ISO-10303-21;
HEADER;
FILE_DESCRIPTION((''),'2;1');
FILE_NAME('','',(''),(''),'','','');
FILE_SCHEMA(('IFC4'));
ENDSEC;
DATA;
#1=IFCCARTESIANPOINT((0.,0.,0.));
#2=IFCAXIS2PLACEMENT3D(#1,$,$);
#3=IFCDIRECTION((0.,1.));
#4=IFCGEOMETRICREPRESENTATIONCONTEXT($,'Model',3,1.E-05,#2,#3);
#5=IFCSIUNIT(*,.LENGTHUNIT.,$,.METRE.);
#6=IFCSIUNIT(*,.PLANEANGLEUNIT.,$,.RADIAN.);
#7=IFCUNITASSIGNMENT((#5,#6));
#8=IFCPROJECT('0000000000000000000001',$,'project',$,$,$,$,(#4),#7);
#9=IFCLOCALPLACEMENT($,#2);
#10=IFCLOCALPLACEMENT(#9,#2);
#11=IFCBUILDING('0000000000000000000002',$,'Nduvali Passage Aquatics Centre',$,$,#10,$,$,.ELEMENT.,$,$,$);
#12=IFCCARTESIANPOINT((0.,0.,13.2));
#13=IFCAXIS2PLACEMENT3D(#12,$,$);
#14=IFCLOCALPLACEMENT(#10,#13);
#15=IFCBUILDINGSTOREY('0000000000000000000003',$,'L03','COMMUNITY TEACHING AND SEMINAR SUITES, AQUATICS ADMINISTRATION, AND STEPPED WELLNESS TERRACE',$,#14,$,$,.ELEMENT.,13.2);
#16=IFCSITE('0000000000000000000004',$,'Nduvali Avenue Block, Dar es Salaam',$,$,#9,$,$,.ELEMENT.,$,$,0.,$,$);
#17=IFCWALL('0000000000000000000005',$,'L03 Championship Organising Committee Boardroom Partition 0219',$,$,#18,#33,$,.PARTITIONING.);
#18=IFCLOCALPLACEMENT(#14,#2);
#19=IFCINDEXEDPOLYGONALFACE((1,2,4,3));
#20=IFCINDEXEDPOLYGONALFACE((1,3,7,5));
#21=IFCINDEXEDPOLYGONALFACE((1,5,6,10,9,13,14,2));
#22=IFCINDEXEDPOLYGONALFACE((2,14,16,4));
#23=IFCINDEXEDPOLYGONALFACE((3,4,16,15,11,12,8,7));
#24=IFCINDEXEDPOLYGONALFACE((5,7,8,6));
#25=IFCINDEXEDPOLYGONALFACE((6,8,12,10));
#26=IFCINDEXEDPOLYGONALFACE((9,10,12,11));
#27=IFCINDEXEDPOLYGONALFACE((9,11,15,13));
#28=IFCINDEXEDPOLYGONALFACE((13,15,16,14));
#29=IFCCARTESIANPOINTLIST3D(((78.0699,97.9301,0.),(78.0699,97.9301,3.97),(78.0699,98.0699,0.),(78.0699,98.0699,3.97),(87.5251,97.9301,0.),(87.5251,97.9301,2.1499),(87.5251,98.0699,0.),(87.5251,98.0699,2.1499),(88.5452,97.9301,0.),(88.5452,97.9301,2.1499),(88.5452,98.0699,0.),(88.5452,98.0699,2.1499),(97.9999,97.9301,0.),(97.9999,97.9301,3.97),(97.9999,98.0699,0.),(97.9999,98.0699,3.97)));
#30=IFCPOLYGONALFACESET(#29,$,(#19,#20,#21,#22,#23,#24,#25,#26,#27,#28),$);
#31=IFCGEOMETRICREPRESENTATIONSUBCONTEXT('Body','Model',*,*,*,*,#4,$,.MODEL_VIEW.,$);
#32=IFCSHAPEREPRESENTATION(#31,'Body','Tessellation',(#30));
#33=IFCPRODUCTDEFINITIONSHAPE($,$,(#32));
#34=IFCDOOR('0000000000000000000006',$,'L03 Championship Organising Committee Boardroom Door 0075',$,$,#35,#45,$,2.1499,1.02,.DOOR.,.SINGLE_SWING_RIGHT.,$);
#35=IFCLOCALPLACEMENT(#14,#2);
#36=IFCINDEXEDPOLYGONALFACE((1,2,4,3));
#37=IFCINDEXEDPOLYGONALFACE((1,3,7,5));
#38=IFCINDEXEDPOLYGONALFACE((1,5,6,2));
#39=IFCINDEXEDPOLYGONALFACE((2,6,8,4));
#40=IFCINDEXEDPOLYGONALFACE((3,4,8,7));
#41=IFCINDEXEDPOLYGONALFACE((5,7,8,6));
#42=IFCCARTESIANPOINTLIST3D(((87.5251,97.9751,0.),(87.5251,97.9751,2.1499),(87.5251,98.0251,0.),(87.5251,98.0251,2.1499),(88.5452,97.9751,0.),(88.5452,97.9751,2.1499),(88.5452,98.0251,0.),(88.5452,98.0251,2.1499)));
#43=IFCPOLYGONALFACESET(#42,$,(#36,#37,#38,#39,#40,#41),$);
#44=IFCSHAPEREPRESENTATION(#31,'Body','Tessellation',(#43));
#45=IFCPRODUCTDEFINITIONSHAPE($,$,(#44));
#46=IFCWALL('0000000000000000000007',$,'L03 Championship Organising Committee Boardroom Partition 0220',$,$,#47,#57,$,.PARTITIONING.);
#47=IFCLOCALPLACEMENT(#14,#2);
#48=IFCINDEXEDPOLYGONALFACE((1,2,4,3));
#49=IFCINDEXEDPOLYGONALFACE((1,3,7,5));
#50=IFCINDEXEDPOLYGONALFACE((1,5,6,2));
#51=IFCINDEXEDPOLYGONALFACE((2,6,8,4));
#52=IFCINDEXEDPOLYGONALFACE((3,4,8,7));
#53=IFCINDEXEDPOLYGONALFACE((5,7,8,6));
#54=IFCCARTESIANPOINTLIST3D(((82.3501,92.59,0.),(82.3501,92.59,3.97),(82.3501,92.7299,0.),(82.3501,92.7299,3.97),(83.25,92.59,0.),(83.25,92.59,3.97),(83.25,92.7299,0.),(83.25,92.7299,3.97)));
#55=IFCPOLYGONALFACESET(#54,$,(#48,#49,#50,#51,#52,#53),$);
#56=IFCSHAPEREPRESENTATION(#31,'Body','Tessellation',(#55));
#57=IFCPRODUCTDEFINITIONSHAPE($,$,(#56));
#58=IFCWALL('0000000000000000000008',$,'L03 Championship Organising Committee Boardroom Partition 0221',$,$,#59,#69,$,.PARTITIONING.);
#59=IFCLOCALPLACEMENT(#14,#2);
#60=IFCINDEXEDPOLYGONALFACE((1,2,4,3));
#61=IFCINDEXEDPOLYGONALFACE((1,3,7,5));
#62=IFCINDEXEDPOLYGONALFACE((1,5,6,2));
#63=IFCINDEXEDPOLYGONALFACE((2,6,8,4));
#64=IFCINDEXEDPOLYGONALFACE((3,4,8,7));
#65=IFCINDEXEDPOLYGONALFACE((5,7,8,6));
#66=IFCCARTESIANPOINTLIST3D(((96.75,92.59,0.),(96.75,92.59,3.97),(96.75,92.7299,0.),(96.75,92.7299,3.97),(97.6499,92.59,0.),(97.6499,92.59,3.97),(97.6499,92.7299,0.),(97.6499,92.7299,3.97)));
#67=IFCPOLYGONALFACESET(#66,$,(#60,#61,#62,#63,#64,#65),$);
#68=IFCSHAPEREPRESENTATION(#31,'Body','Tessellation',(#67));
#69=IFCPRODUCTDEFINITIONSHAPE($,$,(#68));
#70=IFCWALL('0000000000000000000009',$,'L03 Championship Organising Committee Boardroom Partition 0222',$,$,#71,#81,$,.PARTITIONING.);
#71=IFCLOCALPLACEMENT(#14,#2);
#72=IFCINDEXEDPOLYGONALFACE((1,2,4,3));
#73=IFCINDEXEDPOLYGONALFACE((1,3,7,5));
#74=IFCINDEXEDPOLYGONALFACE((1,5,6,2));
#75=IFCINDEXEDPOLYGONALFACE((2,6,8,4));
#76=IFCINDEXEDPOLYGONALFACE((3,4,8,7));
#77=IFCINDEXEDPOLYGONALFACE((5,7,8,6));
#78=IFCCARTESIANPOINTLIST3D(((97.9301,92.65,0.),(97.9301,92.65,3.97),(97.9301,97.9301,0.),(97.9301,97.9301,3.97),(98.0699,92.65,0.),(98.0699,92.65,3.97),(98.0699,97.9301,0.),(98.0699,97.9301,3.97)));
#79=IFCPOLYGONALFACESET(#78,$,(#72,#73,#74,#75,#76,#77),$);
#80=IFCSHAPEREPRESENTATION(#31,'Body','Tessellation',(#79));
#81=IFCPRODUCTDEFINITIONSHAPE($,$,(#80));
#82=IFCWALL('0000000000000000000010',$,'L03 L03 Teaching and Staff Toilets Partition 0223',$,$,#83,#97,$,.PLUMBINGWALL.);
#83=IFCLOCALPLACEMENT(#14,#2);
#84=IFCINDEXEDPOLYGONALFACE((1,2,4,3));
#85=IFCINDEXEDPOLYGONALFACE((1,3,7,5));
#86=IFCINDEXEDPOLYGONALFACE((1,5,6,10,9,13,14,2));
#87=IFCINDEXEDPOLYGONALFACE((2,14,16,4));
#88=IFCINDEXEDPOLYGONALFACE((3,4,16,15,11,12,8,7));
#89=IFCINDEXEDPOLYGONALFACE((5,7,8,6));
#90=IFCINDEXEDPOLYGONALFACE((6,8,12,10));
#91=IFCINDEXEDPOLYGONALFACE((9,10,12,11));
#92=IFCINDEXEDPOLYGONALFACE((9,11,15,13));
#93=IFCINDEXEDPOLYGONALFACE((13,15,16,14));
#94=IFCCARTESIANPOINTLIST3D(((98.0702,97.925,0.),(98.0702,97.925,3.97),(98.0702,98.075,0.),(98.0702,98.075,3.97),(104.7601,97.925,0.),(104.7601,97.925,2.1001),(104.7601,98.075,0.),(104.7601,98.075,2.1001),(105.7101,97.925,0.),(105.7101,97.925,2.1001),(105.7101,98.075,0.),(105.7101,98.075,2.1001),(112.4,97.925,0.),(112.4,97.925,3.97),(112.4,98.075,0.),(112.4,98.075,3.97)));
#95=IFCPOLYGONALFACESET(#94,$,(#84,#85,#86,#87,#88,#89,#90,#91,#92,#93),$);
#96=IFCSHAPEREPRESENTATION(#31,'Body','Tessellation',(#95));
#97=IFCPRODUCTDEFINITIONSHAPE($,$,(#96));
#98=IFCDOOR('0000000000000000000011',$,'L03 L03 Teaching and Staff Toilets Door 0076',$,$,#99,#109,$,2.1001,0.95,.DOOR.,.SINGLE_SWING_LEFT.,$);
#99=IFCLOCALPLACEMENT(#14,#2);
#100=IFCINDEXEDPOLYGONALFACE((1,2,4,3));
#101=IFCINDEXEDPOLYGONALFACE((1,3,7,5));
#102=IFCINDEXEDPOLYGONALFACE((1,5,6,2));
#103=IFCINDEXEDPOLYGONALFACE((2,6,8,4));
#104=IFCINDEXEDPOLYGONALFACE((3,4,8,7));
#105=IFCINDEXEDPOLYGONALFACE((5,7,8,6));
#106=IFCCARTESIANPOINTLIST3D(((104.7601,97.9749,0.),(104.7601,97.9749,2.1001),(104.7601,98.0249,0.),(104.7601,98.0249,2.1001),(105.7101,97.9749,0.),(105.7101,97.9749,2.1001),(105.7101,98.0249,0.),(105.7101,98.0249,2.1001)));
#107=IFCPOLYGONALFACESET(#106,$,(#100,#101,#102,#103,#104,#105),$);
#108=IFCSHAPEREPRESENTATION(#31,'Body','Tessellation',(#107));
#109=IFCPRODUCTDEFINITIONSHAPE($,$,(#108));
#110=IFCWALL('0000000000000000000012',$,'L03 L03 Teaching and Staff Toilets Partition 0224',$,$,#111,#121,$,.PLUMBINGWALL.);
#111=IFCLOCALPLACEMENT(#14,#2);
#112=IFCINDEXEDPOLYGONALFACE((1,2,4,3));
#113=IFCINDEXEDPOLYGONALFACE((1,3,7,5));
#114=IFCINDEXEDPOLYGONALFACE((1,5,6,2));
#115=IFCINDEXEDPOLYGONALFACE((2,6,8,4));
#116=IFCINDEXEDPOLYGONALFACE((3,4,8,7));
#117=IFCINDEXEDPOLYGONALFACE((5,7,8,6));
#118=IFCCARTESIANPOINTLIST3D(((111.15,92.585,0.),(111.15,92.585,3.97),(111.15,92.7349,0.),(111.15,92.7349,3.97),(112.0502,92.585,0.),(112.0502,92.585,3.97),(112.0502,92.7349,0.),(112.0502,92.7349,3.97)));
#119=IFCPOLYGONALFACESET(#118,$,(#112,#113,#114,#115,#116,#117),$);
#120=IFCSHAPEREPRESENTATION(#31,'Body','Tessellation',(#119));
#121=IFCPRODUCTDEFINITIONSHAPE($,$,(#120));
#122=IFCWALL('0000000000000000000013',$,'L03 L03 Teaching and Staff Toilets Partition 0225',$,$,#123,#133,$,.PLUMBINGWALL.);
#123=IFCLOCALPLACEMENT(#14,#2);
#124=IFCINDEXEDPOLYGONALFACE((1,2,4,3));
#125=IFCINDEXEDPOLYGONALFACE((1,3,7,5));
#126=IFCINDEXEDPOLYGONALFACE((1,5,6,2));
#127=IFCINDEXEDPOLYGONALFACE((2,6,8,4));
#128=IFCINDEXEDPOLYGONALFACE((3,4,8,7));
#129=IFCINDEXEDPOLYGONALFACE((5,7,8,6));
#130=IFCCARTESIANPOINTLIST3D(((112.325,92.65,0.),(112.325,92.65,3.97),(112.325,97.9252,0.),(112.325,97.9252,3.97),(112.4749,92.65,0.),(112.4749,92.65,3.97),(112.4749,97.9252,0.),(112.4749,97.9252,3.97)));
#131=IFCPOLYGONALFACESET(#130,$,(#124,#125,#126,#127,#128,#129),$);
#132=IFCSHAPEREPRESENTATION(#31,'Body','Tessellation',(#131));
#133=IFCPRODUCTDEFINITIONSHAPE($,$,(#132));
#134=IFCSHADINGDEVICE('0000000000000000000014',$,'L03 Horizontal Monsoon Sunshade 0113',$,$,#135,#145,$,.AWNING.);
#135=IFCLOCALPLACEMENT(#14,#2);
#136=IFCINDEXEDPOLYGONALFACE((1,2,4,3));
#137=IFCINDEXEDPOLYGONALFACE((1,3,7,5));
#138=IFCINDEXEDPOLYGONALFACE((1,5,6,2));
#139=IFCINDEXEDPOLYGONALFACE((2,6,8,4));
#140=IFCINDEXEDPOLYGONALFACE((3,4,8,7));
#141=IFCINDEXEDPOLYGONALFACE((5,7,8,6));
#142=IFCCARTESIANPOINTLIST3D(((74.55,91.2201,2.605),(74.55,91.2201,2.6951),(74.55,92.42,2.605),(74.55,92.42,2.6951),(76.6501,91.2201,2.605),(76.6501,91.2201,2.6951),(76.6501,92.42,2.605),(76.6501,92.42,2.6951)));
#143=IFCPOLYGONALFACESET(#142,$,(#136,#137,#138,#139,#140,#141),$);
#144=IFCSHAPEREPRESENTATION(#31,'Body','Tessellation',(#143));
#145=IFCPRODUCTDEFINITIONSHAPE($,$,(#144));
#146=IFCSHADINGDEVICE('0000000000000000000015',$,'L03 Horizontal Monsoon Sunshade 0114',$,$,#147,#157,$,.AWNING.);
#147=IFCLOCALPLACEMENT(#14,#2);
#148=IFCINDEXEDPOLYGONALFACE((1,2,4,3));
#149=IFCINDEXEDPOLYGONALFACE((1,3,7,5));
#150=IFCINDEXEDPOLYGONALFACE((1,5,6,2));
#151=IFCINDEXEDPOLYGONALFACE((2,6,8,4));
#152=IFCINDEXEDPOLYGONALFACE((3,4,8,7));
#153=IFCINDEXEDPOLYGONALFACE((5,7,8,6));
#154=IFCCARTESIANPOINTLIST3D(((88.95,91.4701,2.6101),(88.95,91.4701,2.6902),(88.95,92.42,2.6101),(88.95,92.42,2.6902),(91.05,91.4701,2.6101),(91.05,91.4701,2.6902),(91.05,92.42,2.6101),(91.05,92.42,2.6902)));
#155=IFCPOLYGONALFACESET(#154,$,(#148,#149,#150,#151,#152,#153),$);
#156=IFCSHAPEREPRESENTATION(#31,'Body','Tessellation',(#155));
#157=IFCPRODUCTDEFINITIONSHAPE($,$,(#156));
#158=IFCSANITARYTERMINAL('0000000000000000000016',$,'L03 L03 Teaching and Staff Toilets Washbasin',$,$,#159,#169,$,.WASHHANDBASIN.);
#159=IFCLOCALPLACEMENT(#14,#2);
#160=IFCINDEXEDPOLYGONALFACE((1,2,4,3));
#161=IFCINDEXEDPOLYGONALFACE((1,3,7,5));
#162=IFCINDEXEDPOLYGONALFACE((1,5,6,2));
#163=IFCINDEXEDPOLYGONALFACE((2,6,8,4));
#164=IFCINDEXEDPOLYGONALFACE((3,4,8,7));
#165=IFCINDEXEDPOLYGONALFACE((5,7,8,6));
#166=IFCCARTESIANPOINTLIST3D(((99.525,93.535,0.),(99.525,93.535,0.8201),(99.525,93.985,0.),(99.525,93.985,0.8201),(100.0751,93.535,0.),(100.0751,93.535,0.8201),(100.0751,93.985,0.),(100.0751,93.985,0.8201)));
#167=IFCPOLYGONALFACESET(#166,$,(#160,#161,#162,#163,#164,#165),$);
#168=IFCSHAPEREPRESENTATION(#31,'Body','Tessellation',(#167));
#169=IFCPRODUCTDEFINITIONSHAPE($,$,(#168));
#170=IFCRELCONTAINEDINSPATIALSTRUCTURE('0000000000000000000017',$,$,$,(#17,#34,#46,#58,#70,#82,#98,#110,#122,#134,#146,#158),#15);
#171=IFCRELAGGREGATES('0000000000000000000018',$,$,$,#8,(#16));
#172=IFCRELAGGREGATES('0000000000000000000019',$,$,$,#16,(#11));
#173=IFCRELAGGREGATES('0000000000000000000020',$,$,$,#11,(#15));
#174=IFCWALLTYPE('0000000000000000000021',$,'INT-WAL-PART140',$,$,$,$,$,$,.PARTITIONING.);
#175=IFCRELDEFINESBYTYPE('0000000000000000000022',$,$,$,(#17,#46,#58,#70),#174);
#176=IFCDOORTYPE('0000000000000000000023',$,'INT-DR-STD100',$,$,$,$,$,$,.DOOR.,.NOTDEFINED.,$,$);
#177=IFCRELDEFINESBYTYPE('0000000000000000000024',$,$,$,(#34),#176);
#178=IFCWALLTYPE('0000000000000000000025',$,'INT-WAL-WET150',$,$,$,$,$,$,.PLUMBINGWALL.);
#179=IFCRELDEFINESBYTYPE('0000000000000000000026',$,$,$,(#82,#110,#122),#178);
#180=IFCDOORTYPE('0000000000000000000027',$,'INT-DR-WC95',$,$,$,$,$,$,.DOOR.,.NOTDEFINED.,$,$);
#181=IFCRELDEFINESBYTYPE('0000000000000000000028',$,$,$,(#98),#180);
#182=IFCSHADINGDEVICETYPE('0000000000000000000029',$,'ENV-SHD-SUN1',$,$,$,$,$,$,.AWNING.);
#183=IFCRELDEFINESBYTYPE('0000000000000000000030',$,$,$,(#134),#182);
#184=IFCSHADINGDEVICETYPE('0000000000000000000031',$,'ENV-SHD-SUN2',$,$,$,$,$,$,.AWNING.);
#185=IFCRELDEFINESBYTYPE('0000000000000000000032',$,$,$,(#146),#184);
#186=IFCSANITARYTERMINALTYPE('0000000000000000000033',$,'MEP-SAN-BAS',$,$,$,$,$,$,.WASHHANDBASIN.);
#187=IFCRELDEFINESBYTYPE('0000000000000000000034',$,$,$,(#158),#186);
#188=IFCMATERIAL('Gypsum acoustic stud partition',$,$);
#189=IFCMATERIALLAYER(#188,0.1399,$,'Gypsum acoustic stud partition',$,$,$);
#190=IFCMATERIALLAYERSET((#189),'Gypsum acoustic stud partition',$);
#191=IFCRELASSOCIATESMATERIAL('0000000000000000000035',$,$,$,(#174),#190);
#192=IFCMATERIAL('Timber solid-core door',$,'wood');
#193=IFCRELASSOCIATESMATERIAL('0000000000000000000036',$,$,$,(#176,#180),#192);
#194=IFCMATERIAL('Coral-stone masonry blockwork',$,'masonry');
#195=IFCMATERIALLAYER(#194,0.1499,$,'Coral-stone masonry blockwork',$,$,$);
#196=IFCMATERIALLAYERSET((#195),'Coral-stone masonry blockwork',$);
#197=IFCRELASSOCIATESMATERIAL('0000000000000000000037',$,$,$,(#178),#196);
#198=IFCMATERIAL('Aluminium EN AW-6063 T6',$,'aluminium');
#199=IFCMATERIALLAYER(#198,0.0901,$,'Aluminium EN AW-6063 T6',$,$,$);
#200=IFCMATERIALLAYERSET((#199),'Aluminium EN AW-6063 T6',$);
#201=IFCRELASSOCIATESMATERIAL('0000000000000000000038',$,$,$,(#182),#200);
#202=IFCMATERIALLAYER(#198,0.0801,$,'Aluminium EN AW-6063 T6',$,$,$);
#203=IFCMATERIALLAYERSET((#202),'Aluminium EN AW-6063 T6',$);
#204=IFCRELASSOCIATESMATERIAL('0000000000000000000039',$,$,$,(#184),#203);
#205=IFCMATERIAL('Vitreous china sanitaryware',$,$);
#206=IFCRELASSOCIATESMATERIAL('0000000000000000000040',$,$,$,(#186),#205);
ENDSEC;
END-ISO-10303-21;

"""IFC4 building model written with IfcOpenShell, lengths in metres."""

from ifc_helpers import new_model, si_unit, direction, frame, frame_2d, origin, origin_2d, place, context, subcontext, project, spatial, rectangle, extrude, material, layer, layer_set, type_object, element, fill, save


model = new_model("IFC4")

# Units and contexts
model_context = context("Model", 3, precision=1e-05, world=origin(), true_north=direction((0.0, 1.0)))
body_context = subcontext(model_context, "Body", "Model", "MODEL_VIEW")
ifc_project = project(units=[si_unit("LENGTHUNIT", "METRE"), si_unit("PLANEANGLEUNIT", "RADIAN")], contexts=[model_context])

# Site, building, storey
site_placement = place(None, origin())
site = spatial("IfcSite", under=ifc_project, at=site_placement, Name="Nduvali Avenue Block, Dar es Salaam", CompositionType="ELEMENT", RefElevation=0.0)
building_placement = place(site_placement, origin())
building = spatial("IfcBuilding", under=site, at=building_placement, Name="Nduvali Passage Aquatics Centre", CompositionType="ELEMENT")
storey_placement = place(building_placement, frame((0.0, 0.0, 13.2)))
storey = spatial("IfcBuildingStorey", under=building, at=storey_placement, Name="L03", Description="COMMUNITY TEACHING AND SEMINAR SUITES, AQUATICS ADMINISTRATION, AND STEPPED WELLNESS TERRACE", CompositionType="ELEMENT", Elevation=13.2)

# Shared definitions
ifc_material_1 = material(Name="Gypsum acoustic stud partition")
ifc_layer_1 = layer(ifc_material_1, 0.1399, Name="Gypsum acoustic stud partition")
ifc_layer_set_1 = layer_set([ifc_layer_1], Name="Gypsum acoustic stud partition")
wall_type_1 = type_object("IfcWallType", Name="INT-WAL-PART140", PredefinedType="PARTITIONING", material=ifc_layer_set_1)

# Wall, opening, door
wall_1_placement = place(storey_placement, frame((78.0701, 98.0, 0.0), z_axis=(0.0, 0.0, 1.0), x_axis=(1.0, 0.0, 0.0)))
wall_1 = element("IfcWall", 1, at=wall_1_placement, inside=storey, type_object=wall_type_1, Name="L03 Championship Organising Committee Boardroom Partition 0219", PredefinedType="PARTITIONING", context=body_context, shape_type="SweptSolid", body=[
    extrude(rectangle(XDim=19.9299, YDim=0.1399, at=frame_2d((9.9648, 0.0))), origin(), (0.0, 0.0, 1.0), 3.97),
])
opening_1_placement = place(wall_1_placement, frame((9.4551, 0.0, 0.0)))
opening_1 = element("IfcOpeningElement", 2, at=opening_1_placement, cuts=wall_1, PredefinedType="OPENING", context=body_context, shape_type="SweptSolid", body=[
    extrude(rectangle(XDim=1.02, YDim=2.1499, at=frame_2d((0.51, 1.075))), frame((0.0, 0.085, 0.0), z_axis=(0.0, -1.0, 0.0), x_axis=(1.0, 0.0, 0.0)), (0.0, 0.0, 1.0), 0.1697),
])
ifc_material_2 = material(Name="Timber solid-core door", Category="wood")
door_type_1 = type_object("IfcDoorType", Name="INT-DR-STD100", OperationType="NOTDEFINED", PredefinedType="DOOR", material=ifc_material_2)
door_1_placement = place(opening_1_placement, frame((1.02, 0.0, 0.0), z_axis=(0.0, 0.0, 1.0), x_axis=(-1.0, 0.0, 0.0)))
door_1 = element("IfcDoor", 3, at=door_1_placement, inside=storey, type_object=door_type_1, Name="L03 Championship Organising Committee Boardroom Door 0075", OperationType="SINGLE_SWING_RIGHT", OverallHeight=2.1499, OverallWidth=1.02, PredefinedType="DOOR", context=body_context, shape_type="SweptSolid", body=[
    extrude(rectangle(XDim=1.02, YDim=2.1499, at=frame_2d((0.51, 1.075))), frame((0.0, 0.0249, 0.0), z_axis=(0.0, -1.0, 0.0), x_axis=(1.0, 0.0, 0.0)), (0.0, 0.0, 1.0), 0.05),
])
fill(opening_1, door_1)

# Walls
for number, where, z_axis, x_axis, name in (
    (4, (82.3501, 92.6599, 0.0), (0.0, 0.0, 1.0), (1.0, 0.0, 0.0), "L03 Championship Organising Committee Boardroom Partition 0220"),
    (5, (96.75, 92.6599, 0.0), (0.0, 0.0, 1.0), (1.0, 0.0, 0.0), "L03 Championship Organising Committee Boardroom Partition 0221"),
):
    element("IfcWall", number, at=place(storey_placement, frame(where, z_axis=z_axis, x_axis=x_axis)), inside=storey, type_object=wall_type_1, Name=name, PredefinedType="PARTITIONING", context=body_context, shape_type="SweptSolid", body=[
        extrude(rectangle(XDim=0.8999, YDim=0.1399, at=frame_2d((0.45, 0.0))), origin(), (0.0, 0.0, 1.0), 3.97),
    ])
wall_2_placement = place(storey_placement, frame((98.0, 92.6499, 0.0), z_axis=(0.0, 0.0, 1.0), x_axis=(0.0, 1.0, 0.0)))
element("IfcWall", 6, at=wall_2_placement, inside=storey, type_object=wall_type_1, Name="L03 Championship Organising Committee Boardroom Partition 0222", PredefinedType="PARTITIONING", context=body_context, shape_type="SweptSolid", body=[
    extrude(rectangle(XDim=5.28, YDim=0.1399, at=frame_2d((2.6401, 0.0))), origin(), (0.0, 0.0, 1.0), 3.97),
])

# Wall, opening, door
ifc_material_3 = material(Name="Coral-stone masonry blockwork", Category="masonry")
ifc_layer_2 = layer(ifc_material_3, 0.1499, Name="Coral-stone masonry blockwork")
ifc_layer_set_2 = layer_set([ifc_layer_2], Name="Coral-stone masonry blockwork")
wall_type_2 = type_object("IfcWallType", Name="INT-WAL-WET150", PredefinedType="PLUMBINGWALL", material=ifc_layer_set_2)
wall_3_placement = place(storey_placement, frame((98.0701, 98.0, 0.0), z_axis=(0.0, 0.0, 1.0), x_axis=(1.0, 0.0, 0.0)))
wall_3 = element("IfcWall", 7, at=wall_3_placement, inside=storey, type_object=wall_type_2, Name="L03 L03 Teaching and Staff Toilets Partition 0223", PredefinedType="PLUMBINGWALL", context=body_context, shape_type="SweptSolid", body=[
    extrude(rectangle(XDim=14.3298, YDim=0.1499, at=frame_2d((7.165, 0.0))), origin(), (0.0, 0.0, 1.0), 3.97),
])
opening_2_placement = place(wall_3_placement, frame((6.6899, 0.0, 0.0)))
opening_2 = element("IfcOpeningElement", 8, at=opening_2_placement, cuts=wall_3, PredefinedType="OPENING", context=body_context, shape_type="SweptSolid", body=[
    extrude(rectangle(XDim=0.95, YDim=2.1001, at=frame_2d((0.4751, 1.05))), frame((0.0, 0.0898, 0.0), z_axis=(0.0, -1.0, 0.0), x_axis=(1.0, 0.0, 0.0)), (0.0, 0.0, 1.0), 0.1797),
])
door_type_2 = type_object("IfcDoorType", Name="INT-DR-WC95", OperationType="NOTDEFINED", PredefinedType="DOOR", material=ifc_material_2)
door_2_placement = place(opening_2_placement, origin())
door_2 = element("IfcDoor", 9, at=door_2_placement, inside=storey, type_object=door_type_2, Name="L03 L03 Teaching and Staff Toilets Door 0076", OperationType="SINGLE_SWING_LEFT", OverallHeight=2.1001, OverallWidth=0.95, PredefinedType="DOOR", context=body_context, shape_type="SweptSolid", body=[
    extrude(rectangle(XDim=0.95, YDim=2.1001, at=frame_2d((0.4751, 1.05))), frame((0.0, 0.0249, 0.0), z_axis=(0.0, -1.0, 0.0), x_axis=(1.0, 0.0, 0.0)), (0.0, 0.0, 1.0), 0.05),
])
fill(opening_2, door_2)

# Walls
wall_4_placement = place(storey_placement, frame((111.1499, 92.6599, 0.0), z_axis=(0.0, 0.0, 1.0), x_axis=(1.0, 0.0, 0.0)))
element("IfcWall", 10, at=wall_4_placement, inside=storey, type_object=wall_type_2, Name="L03 L03 Teaching and Staff Toilets Partition 0224", PredefinedType="PLUMBINGWALL", context=body_context, shape_type="SweptSolid", body=[
    extrude(rectangle(XDim=0.9001, YDim=0.1499, at=frame_2d((0.4502, 0.0))), origin(), (0.0, 0.0, 1.0), 3.97),
])
wall_5_placement = place(storey_placement, frame((112.3999, 92.6499, 0.0), z_axis=(0.0, 0.0, 1.0), x_axis=(0.0, 1.0, 0.0)))
element("IfcWall", 11, at=wall_5_placement, inside=storey, type_object=wall_type_2, Name="L03 L03 Teaching and Staff Toilets Partition 0225", PredefinedType="PLUMBINGWALL", context=body_context, shape_type="SweptSolid", body=[
    extrude(rectangle(XDim=5.2751, YDim=0.1499, at=frame_2d((2.6377, 0.0))), origin(), (0.0, 0.0, 1.0), 3.97),
])

# Shading devices
ifc_material_4 = material(Name="Aluminium EN AW-6063 T6", Category="aluminium")
ifc_layer_3 = layer(ifc_material_4, 0.0901, Name="Aluminium EN AW-6063 T6")
ifc_layer_set_3 = layer_set([ifc_layer_3], Name="Aluminium EN AW-6063 T6")
shading_device_type_1 = type_object("IfcShadingDeviceType", Name="ENV-SHD-SUN1", PredefinedType="AWNING", material=ifc_layer_set_3)
shading_device_1_placement = place(storey_placement, frame((75.6001, 91.8201, 2.605), z_axis=(0.0, 0.0, 1.0), x_axis=(1.0, 0.0, 0.0)))
element("IfcShadingDevice", 12, at=shading_device_1_placement, inside=storey, type_object=shading_device_type_1, Name="L03 Horizontal Monsoon Sunshade 0113", PredefinedType="AWNING", context=body_context, shape_type="SweptSolid", body=[
    extrude(rectangle(XDim=2.1001, YDim=1.2, at=origin_2d()), origin(), (0.0, 0.0, 1.0), 0.0901),
])
ifc_layer_4 = layer(ifc_material_4, 0.0801, Name="Aluminium EN AW-6063 T6")
ifc_layer_set_4 = layer_set([ifc_layer_4], Name="Aluminium EN AW-6063 T6")
shading_device_type_2 = type_object("IfcShadingDeviceType", Name="ENV-SHD-SUN2", PredefinedType="AWNING", material=ifc_layer_set_4)
shading_device_2_placement = place(storey_placement, frame((90.0, 91.9451, 2.6101), z_axis=(0.0, 0.0, 1.0), x_axis=(1.0, 0.0, 0.0)))
element("IfcShadingDevice", 13, at=shading_device_2_placement, inside=storey, type_object=shading_device_type_2, Name="L03 Horizontal Monsoon Sunshade 0114", PredefinedType="AWNING", context=body_context, shape_type="SweptSolid", body=[
    extrude(rectangle(XDim=2.1001, YDim=0.95, at=origin_2d()), origin(), (0.0, 0.0, 1.0), 0.0801),
])

# Sanitary terminal
ifc_material_5 = material(Name="Vitreous china sanitaryware")
sanitary_terminal_type_1 = type_object("IfcSanitaryTerminalType", Name="MEP-SAN-BAS", PredefinedType="WASHHANDBASIN", material=ifc_material_5)
sanitary_terminal_1_placement = place(storey_placement, frame((99.8, 93.76, 0.0), z_axis=(0.0, 0.0, 1.0), x_axis=(1.0, 0.0, 0.0)))
element("IfcSanitaryTerminal", 14, at=sanitary_terminal_1_placement, inside=storey, type_object=sanitary_terminal_type_1, Name="L03 L03 Teaching and Staff Toilets Washbasin", PredefinedType="WASHHANDBASIN", context=body_context, shape_type="SweptSolid", body=[
    extrude(rectangle(XDim=0.55, YDim=0.45, at=origin_2d()), origin(), (0.0, 0.0, 1.0), 0.8201),
])

save(model, "model.ifc")
